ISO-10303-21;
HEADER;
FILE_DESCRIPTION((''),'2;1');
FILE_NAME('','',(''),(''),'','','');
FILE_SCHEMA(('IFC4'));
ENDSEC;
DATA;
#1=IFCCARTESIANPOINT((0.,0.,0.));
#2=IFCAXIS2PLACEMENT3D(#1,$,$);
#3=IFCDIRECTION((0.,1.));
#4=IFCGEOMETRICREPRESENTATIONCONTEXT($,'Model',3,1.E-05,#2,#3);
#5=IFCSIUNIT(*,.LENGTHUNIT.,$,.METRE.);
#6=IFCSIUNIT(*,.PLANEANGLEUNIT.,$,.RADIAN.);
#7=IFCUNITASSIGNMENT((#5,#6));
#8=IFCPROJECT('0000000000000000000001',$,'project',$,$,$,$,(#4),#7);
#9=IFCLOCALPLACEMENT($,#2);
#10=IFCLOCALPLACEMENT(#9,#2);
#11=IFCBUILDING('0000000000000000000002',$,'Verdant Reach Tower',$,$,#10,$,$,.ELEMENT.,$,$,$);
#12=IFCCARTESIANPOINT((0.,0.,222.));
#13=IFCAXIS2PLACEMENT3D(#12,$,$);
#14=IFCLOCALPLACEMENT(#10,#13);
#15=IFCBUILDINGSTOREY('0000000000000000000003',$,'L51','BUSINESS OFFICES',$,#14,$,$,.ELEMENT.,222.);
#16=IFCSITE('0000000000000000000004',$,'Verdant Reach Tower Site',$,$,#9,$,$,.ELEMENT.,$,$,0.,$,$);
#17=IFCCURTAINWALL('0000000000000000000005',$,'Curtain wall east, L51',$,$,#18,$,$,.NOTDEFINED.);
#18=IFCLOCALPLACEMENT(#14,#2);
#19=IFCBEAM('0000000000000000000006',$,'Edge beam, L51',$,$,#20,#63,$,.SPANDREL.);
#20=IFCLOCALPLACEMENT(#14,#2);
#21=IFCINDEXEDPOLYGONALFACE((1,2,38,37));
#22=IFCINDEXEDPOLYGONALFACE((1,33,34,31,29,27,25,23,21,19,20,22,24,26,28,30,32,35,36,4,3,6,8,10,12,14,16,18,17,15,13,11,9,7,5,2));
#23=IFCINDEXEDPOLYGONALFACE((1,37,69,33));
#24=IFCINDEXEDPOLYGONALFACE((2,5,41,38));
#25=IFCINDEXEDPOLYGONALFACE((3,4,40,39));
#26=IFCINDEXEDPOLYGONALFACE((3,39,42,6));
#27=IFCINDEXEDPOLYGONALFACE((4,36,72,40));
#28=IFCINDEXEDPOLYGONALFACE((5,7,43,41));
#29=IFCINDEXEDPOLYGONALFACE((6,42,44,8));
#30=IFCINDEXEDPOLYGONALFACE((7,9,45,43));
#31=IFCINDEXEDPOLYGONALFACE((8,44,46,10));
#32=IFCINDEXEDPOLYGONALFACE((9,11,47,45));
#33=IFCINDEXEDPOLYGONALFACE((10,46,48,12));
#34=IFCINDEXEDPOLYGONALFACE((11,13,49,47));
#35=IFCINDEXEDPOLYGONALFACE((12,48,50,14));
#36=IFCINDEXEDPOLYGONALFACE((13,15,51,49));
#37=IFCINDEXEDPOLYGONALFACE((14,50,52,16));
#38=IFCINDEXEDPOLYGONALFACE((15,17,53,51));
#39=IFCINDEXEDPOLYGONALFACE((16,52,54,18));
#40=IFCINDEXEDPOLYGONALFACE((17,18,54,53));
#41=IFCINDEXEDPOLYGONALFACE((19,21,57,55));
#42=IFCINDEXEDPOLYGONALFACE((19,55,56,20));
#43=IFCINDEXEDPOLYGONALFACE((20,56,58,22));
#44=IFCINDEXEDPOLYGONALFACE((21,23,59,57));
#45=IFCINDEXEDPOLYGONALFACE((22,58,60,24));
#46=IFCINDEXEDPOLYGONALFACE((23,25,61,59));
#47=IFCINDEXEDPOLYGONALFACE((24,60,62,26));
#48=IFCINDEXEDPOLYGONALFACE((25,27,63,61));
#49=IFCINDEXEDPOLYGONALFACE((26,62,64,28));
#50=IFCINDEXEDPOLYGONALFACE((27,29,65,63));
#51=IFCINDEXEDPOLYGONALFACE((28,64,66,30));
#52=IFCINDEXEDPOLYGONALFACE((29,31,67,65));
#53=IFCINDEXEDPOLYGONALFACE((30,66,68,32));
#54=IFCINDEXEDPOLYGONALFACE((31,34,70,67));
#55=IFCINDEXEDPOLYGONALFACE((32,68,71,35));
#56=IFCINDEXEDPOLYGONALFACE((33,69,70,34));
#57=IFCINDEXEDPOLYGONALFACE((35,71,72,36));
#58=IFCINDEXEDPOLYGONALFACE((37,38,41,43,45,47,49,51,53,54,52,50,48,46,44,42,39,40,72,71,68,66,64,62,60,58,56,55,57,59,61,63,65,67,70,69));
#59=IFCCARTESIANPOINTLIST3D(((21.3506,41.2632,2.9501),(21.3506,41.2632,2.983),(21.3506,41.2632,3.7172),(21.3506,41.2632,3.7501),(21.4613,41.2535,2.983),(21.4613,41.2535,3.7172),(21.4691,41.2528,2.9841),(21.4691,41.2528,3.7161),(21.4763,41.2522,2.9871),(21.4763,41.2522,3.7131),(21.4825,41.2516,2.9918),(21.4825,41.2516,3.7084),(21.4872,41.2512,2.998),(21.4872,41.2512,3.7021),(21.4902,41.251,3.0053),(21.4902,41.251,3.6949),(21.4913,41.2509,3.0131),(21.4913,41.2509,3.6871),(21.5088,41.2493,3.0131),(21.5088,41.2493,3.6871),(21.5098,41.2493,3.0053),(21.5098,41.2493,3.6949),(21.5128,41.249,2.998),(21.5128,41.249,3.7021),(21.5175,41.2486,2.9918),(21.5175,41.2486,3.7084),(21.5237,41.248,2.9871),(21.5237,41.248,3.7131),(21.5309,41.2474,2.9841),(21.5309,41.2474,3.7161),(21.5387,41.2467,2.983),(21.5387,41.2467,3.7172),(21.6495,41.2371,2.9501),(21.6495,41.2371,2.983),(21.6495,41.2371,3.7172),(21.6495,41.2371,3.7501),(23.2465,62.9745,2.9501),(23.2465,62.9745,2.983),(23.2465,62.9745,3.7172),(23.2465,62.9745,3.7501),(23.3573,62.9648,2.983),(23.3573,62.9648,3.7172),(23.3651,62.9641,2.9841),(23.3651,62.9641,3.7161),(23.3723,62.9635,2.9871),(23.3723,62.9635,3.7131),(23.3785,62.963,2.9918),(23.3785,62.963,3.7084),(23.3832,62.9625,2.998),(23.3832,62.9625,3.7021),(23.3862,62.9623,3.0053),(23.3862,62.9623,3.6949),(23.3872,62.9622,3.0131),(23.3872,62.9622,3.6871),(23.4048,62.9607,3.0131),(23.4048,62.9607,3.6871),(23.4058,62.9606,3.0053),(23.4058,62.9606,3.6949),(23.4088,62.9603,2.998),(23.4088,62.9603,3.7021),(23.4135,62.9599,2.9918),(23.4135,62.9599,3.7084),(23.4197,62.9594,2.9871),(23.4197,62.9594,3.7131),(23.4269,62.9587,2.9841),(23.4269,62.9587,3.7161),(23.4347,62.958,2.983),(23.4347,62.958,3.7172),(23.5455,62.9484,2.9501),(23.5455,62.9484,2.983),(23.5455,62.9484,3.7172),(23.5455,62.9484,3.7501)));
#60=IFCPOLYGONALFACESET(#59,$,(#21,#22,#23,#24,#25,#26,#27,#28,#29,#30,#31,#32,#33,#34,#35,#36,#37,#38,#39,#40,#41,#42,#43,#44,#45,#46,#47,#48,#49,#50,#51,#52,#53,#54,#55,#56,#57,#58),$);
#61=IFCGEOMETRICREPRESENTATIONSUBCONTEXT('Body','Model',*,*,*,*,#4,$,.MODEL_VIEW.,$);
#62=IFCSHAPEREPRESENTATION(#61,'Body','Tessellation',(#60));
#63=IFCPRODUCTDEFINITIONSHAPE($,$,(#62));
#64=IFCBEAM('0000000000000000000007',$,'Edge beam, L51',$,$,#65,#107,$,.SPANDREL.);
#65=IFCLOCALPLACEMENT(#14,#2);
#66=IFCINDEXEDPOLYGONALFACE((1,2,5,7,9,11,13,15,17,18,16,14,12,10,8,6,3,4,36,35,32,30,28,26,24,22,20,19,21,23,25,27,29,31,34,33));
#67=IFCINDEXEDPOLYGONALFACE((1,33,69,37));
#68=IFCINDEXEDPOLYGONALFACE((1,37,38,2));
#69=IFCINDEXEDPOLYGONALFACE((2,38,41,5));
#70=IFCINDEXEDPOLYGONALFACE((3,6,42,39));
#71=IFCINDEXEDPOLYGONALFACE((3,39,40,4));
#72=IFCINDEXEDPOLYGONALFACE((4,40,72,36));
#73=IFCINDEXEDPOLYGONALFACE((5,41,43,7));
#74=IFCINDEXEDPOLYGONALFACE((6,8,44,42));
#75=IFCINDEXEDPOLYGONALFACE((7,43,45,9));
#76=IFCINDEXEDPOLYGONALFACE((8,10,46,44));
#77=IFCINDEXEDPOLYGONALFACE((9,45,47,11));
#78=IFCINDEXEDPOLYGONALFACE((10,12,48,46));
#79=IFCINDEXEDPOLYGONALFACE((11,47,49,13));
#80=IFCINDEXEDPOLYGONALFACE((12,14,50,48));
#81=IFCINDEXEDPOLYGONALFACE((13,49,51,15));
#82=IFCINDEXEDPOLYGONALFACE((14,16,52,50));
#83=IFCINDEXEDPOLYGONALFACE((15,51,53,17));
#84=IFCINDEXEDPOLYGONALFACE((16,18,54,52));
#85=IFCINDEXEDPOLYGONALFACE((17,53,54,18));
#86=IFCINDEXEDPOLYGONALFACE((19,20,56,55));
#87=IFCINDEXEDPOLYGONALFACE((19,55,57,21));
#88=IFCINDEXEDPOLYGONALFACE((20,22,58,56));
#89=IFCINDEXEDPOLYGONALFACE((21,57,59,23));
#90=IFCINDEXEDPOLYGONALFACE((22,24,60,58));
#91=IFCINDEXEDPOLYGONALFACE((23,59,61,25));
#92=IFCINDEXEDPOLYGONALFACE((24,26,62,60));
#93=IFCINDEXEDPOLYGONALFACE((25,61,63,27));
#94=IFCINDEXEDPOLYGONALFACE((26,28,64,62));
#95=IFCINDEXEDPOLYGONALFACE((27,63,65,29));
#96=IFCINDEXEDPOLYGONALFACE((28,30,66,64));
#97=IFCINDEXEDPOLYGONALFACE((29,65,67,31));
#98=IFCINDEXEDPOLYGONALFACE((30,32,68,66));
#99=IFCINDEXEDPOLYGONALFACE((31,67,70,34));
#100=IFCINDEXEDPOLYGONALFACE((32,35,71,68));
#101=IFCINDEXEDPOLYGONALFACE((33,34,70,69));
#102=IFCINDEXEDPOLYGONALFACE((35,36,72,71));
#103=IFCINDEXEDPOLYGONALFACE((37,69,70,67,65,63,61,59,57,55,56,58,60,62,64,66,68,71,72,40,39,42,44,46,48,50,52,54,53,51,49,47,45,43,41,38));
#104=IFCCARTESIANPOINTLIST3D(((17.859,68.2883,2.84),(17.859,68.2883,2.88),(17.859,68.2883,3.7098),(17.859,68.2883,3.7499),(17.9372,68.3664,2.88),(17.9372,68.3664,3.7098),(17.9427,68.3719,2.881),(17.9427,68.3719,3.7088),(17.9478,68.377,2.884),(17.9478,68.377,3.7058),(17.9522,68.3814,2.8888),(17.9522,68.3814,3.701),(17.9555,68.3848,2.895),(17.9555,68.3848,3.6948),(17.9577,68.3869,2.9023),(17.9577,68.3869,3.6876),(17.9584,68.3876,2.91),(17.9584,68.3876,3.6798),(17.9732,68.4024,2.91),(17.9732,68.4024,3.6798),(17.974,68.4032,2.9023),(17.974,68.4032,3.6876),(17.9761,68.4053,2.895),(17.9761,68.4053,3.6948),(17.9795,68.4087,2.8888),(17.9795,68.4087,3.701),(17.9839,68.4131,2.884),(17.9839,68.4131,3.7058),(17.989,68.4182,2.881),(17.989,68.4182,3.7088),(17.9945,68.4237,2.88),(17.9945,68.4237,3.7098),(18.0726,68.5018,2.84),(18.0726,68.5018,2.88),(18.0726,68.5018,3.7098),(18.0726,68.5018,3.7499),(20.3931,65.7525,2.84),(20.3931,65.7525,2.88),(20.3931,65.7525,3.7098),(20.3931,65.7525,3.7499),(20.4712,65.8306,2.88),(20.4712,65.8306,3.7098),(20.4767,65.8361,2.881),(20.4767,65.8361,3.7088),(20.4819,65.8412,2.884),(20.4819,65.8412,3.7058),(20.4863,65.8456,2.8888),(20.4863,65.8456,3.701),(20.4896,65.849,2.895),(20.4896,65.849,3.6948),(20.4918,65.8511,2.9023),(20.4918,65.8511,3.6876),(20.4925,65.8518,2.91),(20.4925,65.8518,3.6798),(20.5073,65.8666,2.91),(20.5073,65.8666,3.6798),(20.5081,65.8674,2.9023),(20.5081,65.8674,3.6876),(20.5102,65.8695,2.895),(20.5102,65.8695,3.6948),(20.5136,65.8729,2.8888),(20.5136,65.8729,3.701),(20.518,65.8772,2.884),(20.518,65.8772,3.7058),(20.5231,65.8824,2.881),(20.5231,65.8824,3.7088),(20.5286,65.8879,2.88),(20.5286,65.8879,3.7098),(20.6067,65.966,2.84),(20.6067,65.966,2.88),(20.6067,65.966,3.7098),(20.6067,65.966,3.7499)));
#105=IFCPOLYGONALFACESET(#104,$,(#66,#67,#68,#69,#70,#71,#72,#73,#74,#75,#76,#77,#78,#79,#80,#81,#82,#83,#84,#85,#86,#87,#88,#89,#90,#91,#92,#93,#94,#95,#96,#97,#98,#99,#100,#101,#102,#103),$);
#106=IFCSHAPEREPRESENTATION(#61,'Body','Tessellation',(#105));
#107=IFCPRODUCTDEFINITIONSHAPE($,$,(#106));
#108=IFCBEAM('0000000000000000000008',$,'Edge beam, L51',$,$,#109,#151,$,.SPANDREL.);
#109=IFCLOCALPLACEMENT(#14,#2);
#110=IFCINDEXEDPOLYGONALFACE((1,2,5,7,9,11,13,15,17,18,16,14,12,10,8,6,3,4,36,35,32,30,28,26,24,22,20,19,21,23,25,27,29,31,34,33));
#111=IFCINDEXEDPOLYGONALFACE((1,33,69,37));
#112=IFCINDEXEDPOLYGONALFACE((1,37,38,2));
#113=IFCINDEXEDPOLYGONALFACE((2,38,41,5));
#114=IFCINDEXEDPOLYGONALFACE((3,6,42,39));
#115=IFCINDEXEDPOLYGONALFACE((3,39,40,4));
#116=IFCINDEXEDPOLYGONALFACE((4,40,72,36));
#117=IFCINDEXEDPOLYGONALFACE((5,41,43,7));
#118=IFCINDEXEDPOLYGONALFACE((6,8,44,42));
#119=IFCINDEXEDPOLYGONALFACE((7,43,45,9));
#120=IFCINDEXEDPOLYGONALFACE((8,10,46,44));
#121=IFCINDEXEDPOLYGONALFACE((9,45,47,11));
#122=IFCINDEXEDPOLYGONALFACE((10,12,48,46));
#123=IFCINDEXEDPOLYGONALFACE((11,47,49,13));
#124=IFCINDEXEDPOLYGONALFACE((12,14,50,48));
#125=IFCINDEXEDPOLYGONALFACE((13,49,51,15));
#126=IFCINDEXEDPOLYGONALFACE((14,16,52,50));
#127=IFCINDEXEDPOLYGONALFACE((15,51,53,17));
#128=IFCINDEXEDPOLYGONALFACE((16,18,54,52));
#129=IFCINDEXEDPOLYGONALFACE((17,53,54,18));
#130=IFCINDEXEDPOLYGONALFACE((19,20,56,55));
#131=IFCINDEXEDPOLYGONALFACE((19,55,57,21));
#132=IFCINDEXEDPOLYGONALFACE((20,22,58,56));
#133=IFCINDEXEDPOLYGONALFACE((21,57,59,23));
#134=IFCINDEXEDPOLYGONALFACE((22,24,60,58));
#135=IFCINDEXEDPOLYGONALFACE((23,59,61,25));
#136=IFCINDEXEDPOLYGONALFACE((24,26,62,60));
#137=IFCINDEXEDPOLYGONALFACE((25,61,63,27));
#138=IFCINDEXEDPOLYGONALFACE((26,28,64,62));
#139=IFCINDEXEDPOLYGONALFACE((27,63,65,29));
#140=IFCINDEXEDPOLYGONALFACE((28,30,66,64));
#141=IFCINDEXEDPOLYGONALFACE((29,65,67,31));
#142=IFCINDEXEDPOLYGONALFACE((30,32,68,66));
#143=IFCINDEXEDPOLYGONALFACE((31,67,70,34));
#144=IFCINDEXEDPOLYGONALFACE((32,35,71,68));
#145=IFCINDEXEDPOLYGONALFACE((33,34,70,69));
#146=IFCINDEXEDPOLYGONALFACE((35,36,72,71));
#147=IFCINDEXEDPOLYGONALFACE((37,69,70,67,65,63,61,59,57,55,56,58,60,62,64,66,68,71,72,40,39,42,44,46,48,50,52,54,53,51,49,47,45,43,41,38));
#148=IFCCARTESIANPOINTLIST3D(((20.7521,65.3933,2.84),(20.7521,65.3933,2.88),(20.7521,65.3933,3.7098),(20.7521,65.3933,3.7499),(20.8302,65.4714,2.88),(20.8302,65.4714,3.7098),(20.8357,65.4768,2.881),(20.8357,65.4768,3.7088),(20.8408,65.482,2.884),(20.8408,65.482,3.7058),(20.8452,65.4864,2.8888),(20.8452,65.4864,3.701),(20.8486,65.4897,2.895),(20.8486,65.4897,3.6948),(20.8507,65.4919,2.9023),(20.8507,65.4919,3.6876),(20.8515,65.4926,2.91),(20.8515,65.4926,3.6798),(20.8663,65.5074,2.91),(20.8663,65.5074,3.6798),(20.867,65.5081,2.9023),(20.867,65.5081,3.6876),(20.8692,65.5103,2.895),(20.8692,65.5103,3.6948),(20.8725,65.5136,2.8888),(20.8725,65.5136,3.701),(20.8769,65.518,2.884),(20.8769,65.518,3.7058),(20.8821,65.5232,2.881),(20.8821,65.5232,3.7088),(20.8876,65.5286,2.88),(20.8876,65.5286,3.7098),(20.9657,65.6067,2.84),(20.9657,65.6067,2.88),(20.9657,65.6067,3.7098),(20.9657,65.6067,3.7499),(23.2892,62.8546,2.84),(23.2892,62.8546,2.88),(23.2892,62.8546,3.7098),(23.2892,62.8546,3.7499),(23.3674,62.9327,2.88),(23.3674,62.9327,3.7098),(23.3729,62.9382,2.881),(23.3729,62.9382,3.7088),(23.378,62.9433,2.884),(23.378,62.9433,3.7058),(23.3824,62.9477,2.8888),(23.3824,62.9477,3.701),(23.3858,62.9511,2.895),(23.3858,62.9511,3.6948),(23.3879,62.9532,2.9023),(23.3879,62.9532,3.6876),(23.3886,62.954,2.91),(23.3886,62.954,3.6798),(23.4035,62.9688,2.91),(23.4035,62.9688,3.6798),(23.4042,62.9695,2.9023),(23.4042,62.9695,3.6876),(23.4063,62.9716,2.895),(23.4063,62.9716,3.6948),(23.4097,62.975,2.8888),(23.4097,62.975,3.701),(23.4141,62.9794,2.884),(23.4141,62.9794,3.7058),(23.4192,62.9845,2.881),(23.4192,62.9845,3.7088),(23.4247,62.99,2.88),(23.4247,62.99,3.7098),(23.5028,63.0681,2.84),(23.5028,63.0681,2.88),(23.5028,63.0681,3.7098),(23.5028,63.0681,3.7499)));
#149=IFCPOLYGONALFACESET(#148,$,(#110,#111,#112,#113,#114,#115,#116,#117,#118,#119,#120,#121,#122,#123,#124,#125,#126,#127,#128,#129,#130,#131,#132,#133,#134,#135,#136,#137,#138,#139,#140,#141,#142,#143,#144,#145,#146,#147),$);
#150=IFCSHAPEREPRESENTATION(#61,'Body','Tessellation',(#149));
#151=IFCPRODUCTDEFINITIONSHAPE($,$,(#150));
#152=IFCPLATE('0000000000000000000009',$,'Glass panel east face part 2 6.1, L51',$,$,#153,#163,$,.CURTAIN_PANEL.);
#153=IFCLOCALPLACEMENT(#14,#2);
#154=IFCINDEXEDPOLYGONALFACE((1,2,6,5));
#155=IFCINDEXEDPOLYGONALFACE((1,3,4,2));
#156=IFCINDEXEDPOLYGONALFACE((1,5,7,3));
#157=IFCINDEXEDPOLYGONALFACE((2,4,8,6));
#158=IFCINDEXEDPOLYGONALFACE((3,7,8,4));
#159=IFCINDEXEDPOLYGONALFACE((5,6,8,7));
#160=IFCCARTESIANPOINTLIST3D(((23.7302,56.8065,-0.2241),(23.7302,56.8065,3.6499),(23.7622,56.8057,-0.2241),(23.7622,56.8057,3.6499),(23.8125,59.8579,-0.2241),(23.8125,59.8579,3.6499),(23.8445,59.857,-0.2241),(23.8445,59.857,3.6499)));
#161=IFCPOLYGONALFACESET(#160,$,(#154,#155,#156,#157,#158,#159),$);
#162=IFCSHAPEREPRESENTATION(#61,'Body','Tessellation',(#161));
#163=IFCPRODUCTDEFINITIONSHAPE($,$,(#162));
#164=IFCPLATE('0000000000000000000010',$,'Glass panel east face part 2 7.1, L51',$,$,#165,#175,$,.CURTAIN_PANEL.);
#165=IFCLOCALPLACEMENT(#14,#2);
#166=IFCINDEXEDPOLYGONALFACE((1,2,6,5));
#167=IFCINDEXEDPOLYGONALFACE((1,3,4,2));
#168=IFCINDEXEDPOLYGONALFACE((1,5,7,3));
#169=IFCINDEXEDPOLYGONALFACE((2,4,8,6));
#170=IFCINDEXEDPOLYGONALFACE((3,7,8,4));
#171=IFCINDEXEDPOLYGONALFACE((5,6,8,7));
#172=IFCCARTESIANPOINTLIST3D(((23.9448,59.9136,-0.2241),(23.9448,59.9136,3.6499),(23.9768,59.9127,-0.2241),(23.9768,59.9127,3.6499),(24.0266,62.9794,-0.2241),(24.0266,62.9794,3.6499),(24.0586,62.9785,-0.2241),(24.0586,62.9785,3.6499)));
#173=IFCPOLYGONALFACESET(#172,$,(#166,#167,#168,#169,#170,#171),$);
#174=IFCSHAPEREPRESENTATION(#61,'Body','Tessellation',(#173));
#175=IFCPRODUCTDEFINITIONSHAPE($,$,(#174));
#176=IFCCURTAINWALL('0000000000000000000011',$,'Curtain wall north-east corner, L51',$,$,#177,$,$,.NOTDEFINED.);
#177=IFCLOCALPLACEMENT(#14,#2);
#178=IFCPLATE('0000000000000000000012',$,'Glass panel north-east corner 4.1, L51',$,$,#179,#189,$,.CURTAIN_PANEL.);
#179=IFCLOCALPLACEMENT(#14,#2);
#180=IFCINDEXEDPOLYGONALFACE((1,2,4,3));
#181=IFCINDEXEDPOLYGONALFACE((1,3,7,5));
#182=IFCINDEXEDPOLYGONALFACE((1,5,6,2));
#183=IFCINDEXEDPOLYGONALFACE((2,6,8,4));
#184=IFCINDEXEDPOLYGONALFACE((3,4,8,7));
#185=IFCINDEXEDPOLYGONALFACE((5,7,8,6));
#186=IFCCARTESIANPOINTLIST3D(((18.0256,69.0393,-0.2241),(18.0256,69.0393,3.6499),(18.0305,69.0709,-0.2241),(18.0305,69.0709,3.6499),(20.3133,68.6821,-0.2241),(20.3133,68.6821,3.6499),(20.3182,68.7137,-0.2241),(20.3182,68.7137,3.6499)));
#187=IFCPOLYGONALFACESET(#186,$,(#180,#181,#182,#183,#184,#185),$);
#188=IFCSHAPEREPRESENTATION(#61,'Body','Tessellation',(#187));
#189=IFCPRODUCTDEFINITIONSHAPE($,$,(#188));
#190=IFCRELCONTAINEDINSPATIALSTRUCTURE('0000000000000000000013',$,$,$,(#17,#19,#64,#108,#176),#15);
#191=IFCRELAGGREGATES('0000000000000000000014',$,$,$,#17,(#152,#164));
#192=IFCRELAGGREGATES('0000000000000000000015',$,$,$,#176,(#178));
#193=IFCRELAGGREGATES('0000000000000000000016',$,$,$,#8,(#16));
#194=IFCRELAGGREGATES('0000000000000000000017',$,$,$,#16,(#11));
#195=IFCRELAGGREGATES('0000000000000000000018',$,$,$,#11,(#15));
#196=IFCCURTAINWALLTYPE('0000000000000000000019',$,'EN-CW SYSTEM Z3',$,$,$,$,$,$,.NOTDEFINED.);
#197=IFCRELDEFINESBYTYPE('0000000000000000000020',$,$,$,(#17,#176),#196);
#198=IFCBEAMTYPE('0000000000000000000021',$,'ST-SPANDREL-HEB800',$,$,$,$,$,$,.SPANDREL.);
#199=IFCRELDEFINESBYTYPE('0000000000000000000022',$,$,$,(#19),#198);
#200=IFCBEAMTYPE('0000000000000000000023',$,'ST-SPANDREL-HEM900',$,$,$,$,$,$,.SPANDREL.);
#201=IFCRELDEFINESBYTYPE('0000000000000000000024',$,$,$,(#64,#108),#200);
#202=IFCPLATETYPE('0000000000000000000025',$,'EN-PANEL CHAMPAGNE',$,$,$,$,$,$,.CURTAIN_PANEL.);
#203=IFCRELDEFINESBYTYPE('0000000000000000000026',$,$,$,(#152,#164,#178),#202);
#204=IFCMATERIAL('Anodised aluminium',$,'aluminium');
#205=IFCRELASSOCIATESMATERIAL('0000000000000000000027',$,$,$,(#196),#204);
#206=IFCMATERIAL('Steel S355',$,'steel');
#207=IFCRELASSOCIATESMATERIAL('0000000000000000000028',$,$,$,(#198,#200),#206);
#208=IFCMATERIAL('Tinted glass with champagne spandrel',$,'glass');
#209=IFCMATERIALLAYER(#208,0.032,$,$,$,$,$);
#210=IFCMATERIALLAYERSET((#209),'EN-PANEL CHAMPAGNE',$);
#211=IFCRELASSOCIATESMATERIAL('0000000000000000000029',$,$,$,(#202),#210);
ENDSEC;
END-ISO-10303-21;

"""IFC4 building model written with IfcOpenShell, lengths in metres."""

from ifc_helpers import new_model, si_unit, direction, frame, origin, origin_2d, place, context, subcontext, project, spatial, rectangle, i_section, extrude, material, layer, layer_set, material_profile, profile_set, type_object, element, aggregate, save


model = new_model("IFC4")

# Units and contexts
model_context = context("Model", 3, precision=1e-05, world=origin(), true_north=direction((0.0, 1.0)))
body_context = subcontext(model_context, "Body", "Model", "MODEL_VIEW")
ifc_project = project(units=[si_unit("LENGTHUNIT", "METRE"), si_unit("PLANEANGLEUNIT", "RADIAN")], contexts=[model_context])

# Site, building, storey
site_placement = place(None, origin())
site = spatial("IfcSite", under=ifc_project, at=site_placement, Name="Verdant Reach Tower Site", CompositionType="ELEMENT", RefElevation=0.0)
building_placement = place(site_placement, origin())
building = spatial("IfcBuilding", under=site, at=building_placement, Name="Verdant Reach Tower", CompositionType="ELEMENT")
storey_placement = place(building_placement, frame((0.0, 0.0, 222.0)))
storey = spatial("IfcBuildingStorey", under=building, at=storey_placement, Name="L51", Description="BUSINESS OFFICES", CompositionType="ELEMENT", Elevation=222.0)

# Curtain wall
ifc_material_1 = material(Name="Anodised aluminium", Category="aluminium")
curtain_wall_type = type_object("IfcCurtainWallType", Name="EN-CW SYSTEM Z3", PredefinedType="NOTDEFINED", material=ifc_material_1)
curtain_wall_1_placement = place(storey_placement, origin())
curtain_wall_1 = element("IfcCurtainWall", 1, at=curtain_wall_1_placement, inside=storey, type_object=curtain_wall_type, Name="Curtain wall east, L51", PredefinedType="NOTDEFINED")

# Beams
ifc_material_2 = material(Name="Steel S355", Category="steel")
ifc_material_profile_1 = material_profile(ifc_material_2, i_section(OverallWidth=0.3, OverallDepth=0.8, WebThickness=0.0176, FlangeThickness=0.033, FilletRadius=0.03, at=origin_2d()), Name="HEB 800")
ifc_profile_set_1 = profile_set([ifc_material_profile_1], Name="Steel S355")
beam_type_1 = type_object("IfcBeamType", Name="ST-SPANDREL-HEB800", PredefinedType="SPANDREL", material=ifc_profile_set_1)
beam_1_placement = place(storey_placement, frame((23.396, 62.9614, 3.3501), z_axis=(-0.086996, -0.996209, 0.0), x_axis=(0.996209, -0.086996, 0.0)))
element("IfcBeam", 2, at=beam_1_placement, inside=storey, type_object=beam_type_1, Name="Edge beam, L51", PredefinedType="SPANDREL", context=body_context, shape_type="SweptSolid", body=[
    extrude(i_section(OverallWidth=0.3, OverallDepth=0.8, WebThickness=0.0176, FlangeThickness=0.033, FilletRadius=0.03, at=origin_2d()), origin(), (0.0, 0.0, 1.0), 21.7939),
])
ifc_material_profile_2 = material_profile(ifc_material_2, i_section(OverallWidth=0.302, OverallDepth=0.9099, WebThickness=0.021, FlangeThickness=0.04, FilletRadius=0.03, at=origin_2d()), Name="HEM 900")
ifc_profile_set_2 = profile_set([ifc_material_profile_2], Name="Steel S355")
beam_type_2 = type_object("IfcBeamType", Name="ST-SPANDREL-HEM900", PredefinedType="SPANDREL", material=ifc_profile_set_2)
beam_2_placement = place(storey_placement, frame((17.9658, 68.395, 3.2949), z_axis=(0.706868, -0.707345, 0.0), x_axis=(0.707345, 0.706868, 0.0)))
element("IfcBeam", 3, at=beam_2_placement, inside=storey, type_object=beam_type_2, Name="Edge beam, L51", PredefinedType="SPANDREL", context=body_context, shape_type="SweptSolid", body=[
    extrude(i_section(OverallWidth=0.302, OverallDepth=0.9099, WebThickness=0.021, FlangeThickness=0.04, FilletRadius=0.03, at=origin_2d()), origin(), (0.0, 0.0, 1.0), 3.585),
])
beam_3_placement = place(storey_placement, frame((20.8589, 65.5, 3.2949), z_axis=(0.706903, -0.707311, 0.0), x_axis=(0.707311, 0.706903, 0.0)))
element("IfcBeam", 4, at=beam_3_placement, inside=storey, type_object=beam_type_2, Name="Edge beam, L51", PredefinedType="SPANDREL", context=body_context, shape_type="SweptSolid", body=[
    extrude(i_section(OverallWidth=0.302, OverallDepth=0.9099, WebThickness=0.021, FlangeThickness=0.04, FilletRadius=0.03, at=origin_2d()), origin(), (0.0, 0.0, 1.0), 3.5891),
])

# Plates
ifc_material_3 = material(Name="Tinted glass with champagne spandrel", Category="glass")
ifc_layer_1 = layer(ifc_material_3, 0.032)
ifc_layer_set_1 = layer_set([ifc_layer_1], Name="EN-PANEL CHAMPAGNE")
plate_type_1 = type_object("IfcPlateType", Name="EN-PANEL CHAMPAGNE", PredefinedType="CURTAIN_PANEL", material=ifc_layer_set_1)
plate_1_placement = place(storey_placement, frame((23.7874, 58.3318, -0.2241), z_axis=(0.0, 0.0, 1.0), x_axis=(0.026965, 0.999636, 0.0)))
plate_1 = element("IfcPlate", 5, at=plate_1_placement, type_object=plate_type_1, Name="Glass panel east face part 2 6.1, L51", PredefinedType="CURTAIN_PANEL", context=body_context, shape_type="SweptSolid", body=[
    extrude(rectangle(XDim=3.0525, YDim=0.032, at=origin_2d()), origin(), (0.0, 0.0, 1.0), 3.874),
])
plate_2_placement = place(storey_placement, frame((24.0017, 61.446, -0.2241), z_axis=(0.0, 0.0, 1.0), x_axis=(0.02666, 0.999645, 0.0)))
plate_2 = element("IfcPlate", 6, at=plate_2_placement, type_object=plate_type_1, Name="Glass panel east face part 2 7.1, L51", PredefinedType="CURTAIN_PANEL", context=body_context, shape_type="SweptSolid", body=[
    extrude(rectangle(XDim=3.0669, YDim=0.032, at=origin_2d()), origin(), (0.0, 0.0, 1.0), 3.874),
])

# Curtain wall, plate
curtain_wall_2_placement = place(storey_placement, origin())
curtain_wall_2 = element("IfcCurtainWall", 7, at=curtain_wall_2_placement, inside=storey, type_object=curtain_wall_type, Name="Curtain wall north-east corner, L51", PredefinedType="NOTDEFINED")
plate_3_placement = place(storey_placement, frame((19.1719, 68.8765, -0.2241), z_axis=(0.0, 0.0, 1.0), x_axis=(-0.988029, 0.154268, 0.0)))
plate_3 = element("IfcPlate", 8, at=plate_3_placement, type_object=plate_type_1, Name="Glass panel north-east corner 4.1, L51", PredefinedType="CURTAIN_PANEL", context=body_context, shape_type="SweptSolid", body=[
    extrude(rectangle(XDim=2.3154, YDim=0.032, at=origin_2d()), origin(), (0.0, 0.0, 1.0), 3.874),
])

aggregate(curtain_wall_1, [plate_1, plate_2])
aggregate(curtain_wall_2, [plate_3])

save(model, "model.ifc")
